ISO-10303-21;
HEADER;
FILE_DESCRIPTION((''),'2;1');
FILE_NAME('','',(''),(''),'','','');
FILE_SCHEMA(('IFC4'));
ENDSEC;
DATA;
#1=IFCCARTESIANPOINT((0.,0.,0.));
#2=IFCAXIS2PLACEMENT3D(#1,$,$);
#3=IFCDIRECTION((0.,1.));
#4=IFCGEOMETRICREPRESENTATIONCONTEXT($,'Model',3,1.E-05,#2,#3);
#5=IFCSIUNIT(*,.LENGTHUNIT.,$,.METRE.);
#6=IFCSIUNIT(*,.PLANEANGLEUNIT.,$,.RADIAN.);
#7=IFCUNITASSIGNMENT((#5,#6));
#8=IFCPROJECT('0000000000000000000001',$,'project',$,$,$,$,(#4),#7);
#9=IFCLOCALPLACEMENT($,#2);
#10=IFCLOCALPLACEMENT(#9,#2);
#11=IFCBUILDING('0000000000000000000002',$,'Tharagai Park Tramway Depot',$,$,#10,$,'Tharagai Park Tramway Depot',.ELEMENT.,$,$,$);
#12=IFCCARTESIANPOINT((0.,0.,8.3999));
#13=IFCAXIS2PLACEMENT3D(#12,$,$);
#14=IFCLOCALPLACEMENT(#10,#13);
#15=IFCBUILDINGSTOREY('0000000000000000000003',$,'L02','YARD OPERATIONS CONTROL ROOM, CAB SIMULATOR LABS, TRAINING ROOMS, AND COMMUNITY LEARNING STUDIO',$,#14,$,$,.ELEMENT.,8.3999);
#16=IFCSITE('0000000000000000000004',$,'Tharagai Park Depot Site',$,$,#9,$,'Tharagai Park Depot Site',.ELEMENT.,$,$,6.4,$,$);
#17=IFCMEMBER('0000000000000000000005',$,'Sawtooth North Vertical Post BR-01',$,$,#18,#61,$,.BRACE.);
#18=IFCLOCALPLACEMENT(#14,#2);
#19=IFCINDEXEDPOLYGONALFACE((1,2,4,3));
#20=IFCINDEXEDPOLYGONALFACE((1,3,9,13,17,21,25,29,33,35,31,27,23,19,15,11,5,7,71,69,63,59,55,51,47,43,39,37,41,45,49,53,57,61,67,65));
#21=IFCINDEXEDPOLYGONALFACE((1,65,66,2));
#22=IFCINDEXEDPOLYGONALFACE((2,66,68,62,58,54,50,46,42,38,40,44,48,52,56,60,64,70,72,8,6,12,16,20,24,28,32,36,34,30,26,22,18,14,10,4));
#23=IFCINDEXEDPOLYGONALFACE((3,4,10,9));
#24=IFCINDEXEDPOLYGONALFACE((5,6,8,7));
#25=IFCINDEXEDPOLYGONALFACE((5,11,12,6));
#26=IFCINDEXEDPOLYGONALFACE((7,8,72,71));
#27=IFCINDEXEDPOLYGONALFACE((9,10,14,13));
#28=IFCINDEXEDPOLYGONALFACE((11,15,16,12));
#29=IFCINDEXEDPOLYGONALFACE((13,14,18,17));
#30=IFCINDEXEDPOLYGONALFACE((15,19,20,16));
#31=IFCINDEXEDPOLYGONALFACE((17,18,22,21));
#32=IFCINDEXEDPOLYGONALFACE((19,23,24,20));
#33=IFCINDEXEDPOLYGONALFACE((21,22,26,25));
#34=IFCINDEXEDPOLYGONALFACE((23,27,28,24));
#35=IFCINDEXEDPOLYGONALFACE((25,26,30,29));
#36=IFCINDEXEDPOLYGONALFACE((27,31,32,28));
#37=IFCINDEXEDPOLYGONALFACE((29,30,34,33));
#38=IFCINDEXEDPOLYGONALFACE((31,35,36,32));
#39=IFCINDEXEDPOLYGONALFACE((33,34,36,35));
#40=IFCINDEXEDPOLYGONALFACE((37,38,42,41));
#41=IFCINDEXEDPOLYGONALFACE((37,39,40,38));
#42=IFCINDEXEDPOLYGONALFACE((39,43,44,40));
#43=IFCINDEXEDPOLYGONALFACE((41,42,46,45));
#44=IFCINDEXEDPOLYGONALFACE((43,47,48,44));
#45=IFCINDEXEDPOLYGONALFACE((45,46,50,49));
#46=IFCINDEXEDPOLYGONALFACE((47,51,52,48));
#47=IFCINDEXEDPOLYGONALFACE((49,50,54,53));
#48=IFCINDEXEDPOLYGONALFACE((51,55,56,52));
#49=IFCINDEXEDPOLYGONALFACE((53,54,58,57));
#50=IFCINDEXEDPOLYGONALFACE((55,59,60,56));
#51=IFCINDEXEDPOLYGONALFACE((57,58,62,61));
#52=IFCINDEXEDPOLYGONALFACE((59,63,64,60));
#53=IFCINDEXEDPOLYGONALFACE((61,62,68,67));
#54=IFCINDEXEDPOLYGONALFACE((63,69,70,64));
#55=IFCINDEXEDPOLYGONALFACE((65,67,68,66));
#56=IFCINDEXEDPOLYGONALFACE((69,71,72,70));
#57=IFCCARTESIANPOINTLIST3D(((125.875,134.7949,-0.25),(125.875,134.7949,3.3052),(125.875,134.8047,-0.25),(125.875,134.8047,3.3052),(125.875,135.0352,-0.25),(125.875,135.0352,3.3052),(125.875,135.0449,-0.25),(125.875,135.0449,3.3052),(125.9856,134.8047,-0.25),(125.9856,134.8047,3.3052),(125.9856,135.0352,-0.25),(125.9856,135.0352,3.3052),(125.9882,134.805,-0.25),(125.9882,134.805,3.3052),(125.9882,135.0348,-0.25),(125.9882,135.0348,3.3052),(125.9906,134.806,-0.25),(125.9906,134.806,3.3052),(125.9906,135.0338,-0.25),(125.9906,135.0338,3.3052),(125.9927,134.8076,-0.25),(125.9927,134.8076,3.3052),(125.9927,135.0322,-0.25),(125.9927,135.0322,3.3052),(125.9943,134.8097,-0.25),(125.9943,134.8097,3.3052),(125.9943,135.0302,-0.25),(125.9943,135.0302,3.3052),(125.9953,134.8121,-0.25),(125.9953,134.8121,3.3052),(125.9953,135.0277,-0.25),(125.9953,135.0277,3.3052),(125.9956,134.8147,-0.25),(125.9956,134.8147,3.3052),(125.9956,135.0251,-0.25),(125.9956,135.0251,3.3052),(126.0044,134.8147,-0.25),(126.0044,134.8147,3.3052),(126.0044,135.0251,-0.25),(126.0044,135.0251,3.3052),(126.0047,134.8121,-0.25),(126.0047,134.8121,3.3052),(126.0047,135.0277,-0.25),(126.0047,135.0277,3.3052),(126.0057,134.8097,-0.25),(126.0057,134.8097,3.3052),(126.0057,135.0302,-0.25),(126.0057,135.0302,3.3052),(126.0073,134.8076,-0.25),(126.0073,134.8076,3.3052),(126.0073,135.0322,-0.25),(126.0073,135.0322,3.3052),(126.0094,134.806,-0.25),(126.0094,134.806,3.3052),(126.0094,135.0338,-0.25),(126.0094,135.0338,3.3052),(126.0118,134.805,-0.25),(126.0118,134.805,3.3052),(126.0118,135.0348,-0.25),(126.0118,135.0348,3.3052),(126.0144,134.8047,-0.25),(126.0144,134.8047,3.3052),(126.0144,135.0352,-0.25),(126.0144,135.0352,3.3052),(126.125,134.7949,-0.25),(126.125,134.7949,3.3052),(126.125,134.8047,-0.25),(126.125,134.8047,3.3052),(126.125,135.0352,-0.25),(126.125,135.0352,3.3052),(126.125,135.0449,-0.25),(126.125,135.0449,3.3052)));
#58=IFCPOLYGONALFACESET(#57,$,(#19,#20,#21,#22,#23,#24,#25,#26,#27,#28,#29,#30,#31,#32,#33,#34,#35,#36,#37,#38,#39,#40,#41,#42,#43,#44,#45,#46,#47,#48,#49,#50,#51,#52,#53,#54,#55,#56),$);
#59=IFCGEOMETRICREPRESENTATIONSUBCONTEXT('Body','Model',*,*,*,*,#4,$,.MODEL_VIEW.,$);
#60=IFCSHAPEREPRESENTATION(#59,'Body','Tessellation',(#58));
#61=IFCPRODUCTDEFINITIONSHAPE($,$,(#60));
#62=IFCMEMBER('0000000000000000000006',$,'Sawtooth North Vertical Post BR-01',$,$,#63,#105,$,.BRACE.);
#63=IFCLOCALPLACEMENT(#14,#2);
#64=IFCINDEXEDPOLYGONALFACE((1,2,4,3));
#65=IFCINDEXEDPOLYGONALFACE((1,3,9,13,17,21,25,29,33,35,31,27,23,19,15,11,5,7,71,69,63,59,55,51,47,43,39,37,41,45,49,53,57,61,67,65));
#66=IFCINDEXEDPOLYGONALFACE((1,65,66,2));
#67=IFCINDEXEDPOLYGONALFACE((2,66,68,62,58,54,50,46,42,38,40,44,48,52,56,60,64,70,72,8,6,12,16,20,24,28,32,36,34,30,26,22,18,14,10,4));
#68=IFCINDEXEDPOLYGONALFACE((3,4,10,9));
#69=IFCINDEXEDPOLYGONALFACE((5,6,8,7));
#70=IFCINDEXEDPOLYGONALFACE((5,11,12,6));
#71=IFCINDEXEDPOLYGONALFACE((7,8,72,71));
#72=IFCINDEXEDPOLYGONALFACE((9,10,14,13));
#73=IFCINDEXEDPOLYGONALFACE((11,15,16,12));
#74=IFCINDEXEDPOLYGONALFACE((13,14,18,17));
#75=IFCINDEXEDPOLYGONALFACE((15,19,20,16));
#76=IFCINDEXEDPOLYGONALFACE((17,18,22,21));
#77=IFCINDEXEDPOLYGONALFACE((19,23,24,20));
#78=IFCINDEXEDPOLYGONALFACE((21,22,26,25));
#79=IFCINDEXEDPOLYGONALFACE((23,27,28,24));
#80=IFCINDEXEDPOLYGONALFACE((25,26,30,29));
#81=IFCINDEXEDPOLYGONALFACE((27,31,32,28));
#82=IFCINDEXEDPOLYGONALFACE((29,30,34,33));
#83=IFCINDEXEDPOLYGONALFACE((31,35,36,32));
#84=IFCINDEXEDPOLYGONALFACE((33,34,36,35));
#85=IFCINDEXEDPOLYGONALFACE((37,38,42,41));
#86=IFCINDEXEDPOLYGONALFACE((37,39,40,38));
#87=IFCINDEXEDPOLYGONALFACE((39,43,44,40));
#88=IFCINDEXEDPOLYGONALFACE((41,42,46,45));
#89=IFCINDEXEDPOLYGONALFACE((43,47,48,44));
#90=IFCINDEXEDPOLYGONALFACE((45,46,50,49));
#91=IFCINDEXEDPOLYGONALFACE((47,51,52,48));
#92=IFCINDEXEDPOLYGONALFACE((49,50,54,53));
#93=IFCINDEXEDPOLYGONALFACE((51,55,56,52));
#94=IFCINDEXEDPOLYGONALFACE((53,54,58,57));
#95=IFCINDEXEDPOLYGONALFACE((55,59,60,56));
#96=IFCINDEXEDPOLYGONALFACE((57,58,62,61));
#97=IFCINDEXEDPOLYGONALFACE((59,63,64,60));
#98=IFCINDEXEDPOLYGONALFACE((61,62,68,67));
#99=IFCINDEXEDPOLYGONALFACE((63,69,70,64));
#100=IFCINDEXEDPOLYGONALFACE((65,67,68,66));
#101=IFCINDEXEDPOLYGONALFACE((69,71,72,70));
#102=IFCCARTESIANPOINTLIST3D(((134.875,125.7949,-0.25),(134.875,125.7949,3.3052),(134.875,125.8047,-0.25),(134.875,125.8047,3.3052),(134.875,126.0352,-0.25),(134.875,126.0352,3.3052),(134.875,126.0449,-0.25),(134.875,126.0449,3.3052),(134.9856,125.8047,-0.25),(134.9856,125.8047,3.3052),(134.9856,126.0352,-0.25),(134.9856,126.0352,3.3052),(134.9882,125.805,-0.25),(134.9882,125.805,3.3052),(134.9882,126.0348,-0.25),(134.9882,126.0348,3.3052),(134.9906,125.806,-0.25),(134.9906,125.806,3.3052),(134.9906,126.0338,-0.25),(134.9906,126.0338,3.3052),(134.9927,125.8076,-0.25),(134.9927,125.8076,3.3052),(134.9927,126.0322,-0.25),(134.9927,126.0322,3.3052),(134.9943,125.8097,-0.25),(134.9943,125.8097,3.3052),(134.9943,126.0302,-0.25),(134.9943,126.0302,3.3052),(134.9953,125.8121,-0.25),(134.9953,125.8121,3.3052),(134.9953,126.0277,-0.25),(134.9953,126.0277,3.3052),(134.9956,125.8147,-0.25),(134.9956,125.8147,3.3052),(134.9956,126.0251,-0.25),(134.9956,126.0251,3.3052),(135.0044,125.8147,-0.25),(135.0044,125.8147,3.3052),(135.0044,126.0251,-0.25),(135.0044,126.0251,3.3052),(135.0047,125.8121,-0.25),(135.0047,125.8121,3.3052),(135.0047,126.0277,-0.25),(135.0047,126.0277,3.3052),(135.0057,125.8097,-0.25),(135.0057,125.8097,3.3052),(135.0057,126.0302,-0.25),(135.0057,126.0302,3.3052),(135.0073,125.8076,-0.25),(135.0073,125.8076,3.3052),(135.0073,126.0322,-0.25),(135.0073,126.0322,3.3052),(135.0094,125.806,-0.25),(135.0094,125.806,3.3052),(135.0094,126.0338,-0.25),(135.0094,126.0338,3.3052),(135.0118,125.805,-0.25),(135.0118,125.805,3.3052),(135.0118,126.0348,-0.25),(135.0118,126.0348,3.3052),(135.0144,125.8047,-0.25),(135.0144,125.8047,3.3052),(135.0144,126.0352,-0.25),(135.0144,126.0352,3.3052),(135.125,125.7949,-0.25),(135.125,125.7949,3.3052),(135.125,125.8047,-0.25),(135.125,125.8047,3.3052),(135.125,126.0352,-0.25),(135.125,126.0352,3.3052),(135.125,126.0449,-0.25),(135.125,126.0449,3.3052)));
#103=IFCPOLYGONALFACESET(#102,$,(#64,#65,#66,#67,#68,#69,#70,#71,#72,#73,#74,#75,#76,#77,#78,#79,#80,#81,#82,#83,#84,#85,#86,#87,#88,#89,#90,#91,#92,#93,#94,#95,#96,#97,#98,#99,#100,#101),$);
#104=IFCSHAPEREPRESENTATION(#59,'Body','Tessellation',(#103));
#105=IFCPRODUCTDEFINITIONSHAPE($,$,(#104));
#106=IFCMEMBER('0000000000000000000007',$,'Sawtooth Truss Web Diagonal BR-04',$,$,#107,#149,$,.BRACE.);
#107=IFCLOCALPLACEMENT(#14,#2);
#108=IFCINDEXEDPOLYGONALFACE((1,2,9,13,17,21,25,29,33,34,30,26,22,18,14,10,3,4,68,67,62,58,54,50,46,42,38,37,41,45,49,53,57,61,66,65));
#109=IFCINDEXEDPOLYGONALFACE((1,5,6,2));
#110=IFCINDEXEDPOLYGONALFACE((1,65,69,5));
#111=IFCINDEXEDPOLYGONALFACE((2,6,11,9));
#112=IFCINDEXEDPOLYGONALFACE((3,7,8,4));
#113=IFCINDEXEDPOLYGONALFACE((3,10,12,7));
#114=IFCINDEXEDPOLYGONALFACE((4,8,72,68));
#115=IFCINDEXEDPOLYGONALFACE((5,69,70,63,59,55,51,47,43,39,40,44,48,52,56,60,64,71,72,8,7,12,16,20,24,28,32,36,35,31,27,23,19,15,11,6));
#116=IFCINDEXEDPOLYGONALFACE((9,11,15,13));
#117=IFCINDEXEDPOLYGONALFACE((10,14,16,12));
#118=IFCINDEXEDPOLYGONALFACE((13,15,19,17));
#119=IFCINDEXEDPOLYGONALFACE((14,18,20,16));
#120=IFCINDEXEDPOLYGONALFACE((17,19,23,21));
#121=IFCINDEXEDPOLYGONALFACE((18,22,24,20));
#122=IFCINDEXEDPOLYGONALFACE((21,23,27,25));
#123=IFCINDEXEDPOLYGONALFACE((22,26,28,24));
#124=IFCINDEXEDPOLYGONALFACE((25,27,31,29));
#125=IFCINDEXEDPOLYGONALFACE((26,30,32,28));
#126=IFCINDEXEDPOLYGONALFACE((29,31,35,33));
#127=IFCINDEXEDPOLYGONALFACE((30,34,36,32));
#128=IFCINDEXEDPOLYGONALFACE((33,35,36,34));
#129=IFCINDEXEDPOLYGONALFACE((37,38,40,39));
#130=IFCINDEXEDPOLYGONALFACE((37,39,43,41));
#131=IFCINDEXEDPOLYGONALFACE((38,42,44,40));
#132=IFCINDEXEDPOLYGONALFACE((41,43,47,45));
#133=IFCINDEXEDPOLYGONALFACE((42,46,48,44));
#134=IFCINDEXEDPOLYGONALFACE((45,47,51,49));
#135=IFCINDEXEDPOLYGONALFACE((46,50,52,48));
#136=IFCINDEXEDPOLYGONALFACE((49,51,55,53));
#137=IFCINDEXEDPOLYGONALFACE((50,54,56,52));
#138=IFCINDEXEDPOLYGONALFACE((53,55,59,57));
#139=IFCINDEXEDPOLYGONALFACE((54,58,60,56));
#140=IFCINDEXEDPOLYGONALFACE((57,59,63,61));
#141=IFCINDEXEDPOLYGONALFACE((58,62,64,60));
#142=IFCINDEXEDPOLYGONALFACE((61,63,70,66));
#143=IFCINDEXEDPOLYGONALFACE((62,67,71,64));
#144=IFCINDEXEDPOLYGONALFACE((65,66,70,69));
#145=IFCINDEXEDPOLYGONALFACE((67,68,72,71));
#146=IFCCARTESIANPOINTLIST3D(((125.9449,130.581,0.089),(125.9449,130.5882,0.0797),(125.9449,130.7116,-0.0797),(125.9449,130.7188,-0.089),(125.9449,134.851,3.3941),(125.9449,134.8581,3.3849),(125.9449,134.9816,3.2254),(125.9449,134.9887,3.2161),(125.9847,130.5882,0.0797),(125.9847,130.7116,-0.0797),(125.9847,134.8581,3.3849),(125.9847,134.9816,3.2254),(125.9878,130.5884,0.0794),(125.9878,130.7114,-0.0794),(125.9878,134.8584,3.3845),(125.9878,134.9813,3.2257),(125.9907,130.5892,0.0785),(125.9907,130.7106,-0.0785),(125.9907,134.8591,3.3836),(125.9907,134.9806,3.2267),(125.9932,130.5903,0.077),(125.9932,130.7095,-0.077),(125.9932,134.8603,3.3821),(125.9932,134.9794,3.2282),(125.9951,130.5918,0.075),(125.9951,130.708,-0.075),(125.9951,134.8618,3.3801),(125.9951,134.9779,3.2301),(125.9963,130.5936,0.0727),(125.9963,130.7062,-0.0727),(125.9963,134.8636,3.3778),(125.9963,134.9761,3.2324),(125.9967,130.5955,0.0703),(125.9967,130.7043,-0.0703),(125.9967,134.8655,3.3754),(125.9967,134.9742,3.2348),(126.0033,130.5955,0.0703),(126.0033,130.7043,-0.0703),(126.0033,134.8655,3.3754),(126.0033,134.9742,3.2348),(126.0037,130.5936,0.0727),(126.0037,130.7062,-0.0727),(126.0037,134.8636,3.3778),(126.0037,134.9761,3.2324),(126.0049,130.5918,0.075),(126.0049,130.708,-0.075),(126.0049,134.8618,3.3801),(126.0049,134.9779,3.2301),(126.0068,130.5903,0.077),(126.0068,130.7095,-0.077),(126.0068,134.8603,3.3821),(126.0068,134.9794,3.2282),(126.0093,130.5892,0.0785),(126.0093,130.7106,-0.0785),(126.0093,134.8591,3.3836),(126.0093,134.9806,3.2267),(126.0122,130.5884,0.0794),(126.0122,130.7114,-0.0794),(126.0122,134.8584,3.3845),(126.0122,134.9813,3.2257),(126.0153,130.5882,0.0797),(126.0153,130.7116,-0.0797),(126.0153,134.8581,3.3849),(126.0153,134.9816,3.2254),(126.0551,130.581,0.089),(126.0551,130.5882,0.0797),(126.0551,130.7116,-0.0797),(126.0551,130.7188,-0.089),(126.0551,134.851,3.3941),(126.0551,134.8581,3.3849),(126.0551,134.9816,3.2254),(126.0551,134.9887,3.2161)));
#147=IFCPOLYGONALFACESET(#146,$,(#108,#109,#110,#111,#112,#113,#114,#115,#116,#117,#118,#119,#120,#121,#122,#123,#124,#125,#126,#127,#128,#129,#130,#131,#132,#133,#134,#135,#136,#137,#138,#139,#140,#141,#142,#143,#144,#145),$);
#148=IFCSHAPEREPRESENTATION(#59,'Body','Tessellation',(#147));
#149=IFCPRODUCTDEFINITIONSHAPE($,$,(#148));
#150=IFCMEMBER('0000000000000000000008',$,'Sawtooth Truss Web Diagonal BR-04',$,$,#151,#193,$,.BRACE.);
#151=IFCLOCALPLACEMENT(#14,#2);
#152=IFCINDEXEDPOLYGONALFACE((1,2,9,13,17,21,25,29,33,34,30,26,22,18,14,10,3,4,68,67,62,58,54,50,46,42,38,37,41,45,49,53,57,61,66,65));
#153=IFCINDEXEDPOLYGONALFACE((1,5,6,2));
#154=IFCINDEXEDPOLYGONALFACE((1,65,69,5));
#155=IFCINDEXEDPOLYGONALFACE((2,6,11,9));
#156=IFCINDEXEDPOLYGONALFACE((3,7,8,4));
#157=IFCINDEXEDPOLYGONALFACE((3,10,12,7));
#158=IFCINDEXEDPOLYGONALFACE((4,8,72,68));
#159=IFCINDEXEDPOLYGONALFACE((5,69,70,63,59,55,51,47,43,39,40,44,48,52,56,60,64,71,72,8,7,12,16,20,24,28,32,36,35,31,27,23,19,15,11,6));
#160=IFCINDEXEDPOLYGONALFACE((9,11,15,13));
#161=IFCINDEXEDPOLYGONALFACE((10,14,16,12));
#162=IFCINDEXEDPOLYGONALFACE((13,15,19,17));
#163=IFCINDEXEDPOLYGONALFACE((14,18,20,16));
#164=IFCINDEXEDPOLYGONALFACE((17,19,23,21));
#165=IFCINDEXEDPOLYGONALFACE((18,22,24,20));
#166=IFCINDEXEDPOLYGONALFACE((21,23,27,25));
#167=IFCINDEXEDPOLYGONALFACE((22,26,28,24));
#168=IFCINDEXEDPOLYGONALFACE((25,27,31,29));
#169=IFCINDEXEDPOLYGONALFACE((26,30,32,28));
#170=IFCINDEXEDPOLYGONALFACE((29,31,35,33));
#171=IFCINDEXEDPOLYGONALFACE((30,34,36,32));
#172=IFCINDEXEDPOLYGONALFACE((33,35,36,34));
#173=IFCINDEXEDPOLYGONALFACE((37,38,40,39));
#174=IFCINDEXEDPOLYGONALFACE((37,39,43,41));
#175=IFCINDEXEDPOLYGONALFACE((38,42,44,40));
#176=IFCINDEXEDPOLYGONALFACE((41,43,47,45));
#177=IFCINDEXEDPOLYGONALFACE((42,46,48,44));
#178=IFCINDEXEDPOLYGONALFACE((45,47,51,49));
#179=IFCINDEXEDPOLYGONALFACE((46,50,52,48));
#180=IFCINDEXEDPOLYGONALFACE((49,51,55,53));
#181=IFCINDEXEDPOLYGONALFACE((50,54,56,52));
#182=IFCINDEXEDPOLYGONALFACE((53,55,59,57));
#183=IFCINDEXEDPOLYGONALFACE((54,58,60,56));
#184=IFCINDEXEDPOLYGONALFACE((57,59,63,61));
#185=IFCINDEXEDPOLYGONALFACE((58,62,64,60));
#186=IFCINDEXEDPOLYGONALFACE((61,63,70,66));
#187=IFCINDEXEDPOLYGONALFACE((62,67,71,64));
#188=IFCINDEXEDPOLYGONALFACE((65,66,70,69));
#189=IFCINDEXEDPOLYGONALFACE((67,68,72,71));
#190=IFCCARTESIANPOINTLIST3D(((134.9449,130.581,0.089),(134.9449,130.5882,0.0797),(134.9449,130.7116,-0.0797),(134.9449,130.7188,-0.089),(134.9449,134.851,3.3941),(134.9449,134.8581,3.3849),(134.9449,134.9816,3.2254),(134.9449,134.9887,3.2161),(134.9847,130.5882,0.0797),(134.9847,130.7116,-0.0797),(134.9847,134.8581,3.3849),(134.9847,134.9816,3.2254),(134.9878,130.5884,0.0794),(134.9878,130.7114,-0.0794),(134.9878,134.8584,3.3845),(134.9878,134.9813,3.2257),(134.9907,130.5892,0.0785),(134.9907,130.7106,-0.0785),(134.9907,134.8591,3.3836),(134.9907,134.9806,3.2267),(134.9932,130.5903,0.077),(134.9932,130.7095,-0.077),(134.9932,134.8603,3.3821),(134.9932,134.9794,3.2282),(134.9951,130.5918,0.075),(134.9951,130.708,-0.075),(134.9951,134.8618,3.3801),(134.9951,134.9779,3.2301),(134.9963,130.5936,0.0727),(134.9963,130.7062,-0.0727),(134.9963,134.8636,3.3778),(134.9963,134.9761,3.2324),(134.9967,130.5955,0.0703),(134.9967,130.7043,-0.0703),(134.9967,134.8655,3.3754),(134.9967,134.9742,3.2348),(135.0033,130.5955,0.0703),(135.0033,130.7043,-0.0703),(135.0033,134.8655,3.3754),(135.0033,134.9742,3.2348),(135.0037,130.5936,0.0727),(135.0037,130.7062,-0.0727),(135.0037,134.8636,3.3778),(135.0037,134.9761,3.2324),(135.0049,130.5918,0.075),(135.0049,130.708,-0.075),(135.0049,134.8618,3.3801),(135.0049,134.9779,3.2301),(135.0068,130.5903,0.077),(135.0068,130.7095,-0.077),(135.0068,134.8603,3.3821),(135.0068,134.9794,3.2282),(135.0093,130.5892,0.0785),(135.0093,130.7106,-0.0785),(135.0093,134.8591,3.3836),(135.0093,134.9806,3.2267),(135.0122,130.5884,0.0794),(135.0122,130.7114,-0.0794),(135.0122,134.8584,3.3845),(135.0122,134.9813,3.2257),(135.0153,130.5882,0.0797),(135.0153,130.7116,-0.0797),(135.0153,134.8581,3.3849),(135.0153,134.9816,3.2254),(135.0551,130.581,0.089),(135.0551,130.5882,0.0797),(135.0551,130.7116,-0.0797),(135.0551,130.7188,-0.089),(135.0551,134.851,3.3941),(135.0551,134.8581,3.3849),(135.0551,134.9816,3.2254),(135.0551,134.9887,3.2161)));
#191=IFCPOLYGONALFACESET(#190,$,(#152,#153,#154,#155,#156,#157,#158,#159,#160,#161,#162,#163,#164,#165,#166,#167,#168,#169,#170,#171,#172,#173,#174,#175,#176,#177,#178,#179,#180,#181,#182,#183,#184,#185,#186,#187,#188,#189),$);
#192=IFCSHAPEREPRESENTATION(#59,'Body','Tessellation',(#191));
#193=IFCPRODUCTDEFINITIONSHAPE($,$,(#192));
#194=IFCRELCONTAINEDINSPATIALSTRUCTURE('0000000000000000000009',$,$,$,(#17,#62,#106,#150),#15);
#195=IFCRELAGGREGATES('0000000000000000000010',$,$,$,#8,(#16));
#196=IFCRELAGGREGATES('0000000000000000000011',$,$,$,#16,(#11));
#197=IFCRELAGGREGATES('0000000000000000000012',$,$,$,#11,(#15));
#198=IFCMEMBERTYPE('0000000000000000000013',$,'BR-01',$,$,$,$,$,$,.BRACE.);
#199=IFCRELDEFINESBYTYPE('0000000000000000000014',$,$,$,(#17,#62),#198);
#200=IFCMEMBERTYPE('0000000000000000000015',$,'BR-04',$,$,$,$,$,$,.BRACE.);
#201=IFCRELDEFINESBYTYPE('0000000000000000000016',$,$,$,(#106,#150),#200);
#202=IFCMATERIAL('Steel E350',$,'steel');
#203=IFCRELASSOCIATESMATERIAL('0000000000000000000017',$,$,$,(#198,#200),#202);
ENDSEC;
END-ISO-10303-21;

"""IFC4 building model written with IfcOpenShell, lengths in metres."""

from ifc_helpers import new_model, si_unit, direction, frame, origin, origin_2d, place, context, subcontext, project, spatial, i_section, extrude, material, material_profile, profile_set, type_object, element, save


model = new_model("IFC4")

# Units and contexts
model_context = context("Model", 3, precision=1e-05, world=origin(), true_north=direction((0.0, 1.0)))
body_context = subcontext(model_context, "Body", "Model", "MODEL_VIEW")
ifc_project = project(units=[si_unit("LENGTHUNIT", "METRE"), si_unit("PLANEANGLEUNIT", "RADIAN")], contexts=[model_context])

# Site, building, storey
site_placement = place(None, origin())
site = spatial("IfcSite", under=ifc_project, at=site_placement, Name="Tharagai Park Depot Site", LongName="Tharagai Park Depot Site", CompositionType="ELEMENT", RefElevation=6.4)
building_placement = place(site_placement, origin())
building = spatial("IfcBuilding", under=site, at=building_placement, Name="Tharagai Park Tramway Depot", LongName="Tharagai Park Tramway Depot", CompositionType="ELEMENT")
storey_placement = place(building_placement, frame((0.0, 0.0, 8.3999)))
storey = spatial("IfcBuildingStorey", under=building, at=storey_placement, Name="L02", Description="YARD OPERATIONS CONTROL ROOM, CAB SIMULATOR LABS, TRAINING ROOMS, AND COMMUNITY LEARNING STUDIO", CompositionType="ELEMENT", Elevation=8.3999)

# Members
ifc_material_1 = material(Name="Steel E350", Category="steel")
ifc_material_profile_1 = material_profile(ifc_material_1, i_section(OverallWidth=0.25, OverallDepth=0.25, WebThickness=0.0088, FlangeThickness=0.0098, FilletRadius=0.01, at=origin_2d()), Name="ISHB 250")
ifc_profile_set_1 = profile_set([ifc_material_profile_1], Name="Steel E350")
member_type_1 = type_object("IfcMemberType", Name="BR-01", PredefinedType="BRACE", material=ifc_profile_set_1)
for number, where, z_axis, x_axis, name in (
    (1, (126.0, 134.9199, -0.25), (0.0, 0.0, 1.0), (1.0, 0.0, 0.0), "Sawtooth North Vertical Post BR-01"),
    (2, (135.0, 125.9199, -0.25), (0.0, 0.0, 1.0), (1.0, 0.0, 0.0), "Sawtooth North Vertical Post BR-01"),
):
    element("IfcMember", number, at=place(storey_placement, frame(where, z_axis=z_axis, x_axis=x_axis)), inside=storey, type_object=member_type_1, Name=name, PredefinedType="BRACE", context=body_context, shape_type="SweptSolid", body=[
        extrude(i_section(OverallWidth=0.25, OverallDepth=0.25, WebThickness=0.0088, FlangeThickness=0.0098, FilletRadius=0.01, at=origin_2d()), origin(), (0.0, 0.0, 1.0), 3.5552),
    ])
ifc_material_profile_2 = material_profile(ifc_material_1, i_section(OverallWidth=0.1101, OverallDepth=0.2251, WebThickness=0.0066, FlangeThickness=0.0117, FilletRadius=0.012, at=origin_2d()), Name="ISMB 225")
ifc_profile_set_2 = profile_set([ifc_material_profile_2], Name="Steel E350")
member_type_2 = type_object("IfcMemberType", Name="BR-04", PredefinedType="BRACE", material=ifc_profile_set_2)
for number, where, z_axis, x_axis, name in (
    (3, (126.0, 130.6499, 0.0), (0.0, 0.790782, 0.612098), (-1.0, 0.0, 0.0), "Sawtooth Truss Web Diagonal BR-04"),
    (4, (135.0, 130.6499, 0.0), (0.0, 0.790782, 0.612098), (-1.0, 0.0, 0.0), "Sawtooth Truss Web Diagonal BR-04"),
):
    element("IfcMember", number, at=place(storey_placement, frame(where, z_axis=z_axis, x_axis=x_axis)), inside=storey, type_object=member_type_2, Name=name, PredefinedType="BRACE", context=body_context, shape_type="SweptSolid", body=[
        extrude(i_section(OverallWidth=0.1101, OverallDepth=0.2251, WebThickness=0.0066, FlangeThickness=0.0117, FilletRadius=0.012, at=origin_2d()), origin(), (0.0, 0.0, 1.0), 5.3997),
    ])

save(model, "model.ifc")
